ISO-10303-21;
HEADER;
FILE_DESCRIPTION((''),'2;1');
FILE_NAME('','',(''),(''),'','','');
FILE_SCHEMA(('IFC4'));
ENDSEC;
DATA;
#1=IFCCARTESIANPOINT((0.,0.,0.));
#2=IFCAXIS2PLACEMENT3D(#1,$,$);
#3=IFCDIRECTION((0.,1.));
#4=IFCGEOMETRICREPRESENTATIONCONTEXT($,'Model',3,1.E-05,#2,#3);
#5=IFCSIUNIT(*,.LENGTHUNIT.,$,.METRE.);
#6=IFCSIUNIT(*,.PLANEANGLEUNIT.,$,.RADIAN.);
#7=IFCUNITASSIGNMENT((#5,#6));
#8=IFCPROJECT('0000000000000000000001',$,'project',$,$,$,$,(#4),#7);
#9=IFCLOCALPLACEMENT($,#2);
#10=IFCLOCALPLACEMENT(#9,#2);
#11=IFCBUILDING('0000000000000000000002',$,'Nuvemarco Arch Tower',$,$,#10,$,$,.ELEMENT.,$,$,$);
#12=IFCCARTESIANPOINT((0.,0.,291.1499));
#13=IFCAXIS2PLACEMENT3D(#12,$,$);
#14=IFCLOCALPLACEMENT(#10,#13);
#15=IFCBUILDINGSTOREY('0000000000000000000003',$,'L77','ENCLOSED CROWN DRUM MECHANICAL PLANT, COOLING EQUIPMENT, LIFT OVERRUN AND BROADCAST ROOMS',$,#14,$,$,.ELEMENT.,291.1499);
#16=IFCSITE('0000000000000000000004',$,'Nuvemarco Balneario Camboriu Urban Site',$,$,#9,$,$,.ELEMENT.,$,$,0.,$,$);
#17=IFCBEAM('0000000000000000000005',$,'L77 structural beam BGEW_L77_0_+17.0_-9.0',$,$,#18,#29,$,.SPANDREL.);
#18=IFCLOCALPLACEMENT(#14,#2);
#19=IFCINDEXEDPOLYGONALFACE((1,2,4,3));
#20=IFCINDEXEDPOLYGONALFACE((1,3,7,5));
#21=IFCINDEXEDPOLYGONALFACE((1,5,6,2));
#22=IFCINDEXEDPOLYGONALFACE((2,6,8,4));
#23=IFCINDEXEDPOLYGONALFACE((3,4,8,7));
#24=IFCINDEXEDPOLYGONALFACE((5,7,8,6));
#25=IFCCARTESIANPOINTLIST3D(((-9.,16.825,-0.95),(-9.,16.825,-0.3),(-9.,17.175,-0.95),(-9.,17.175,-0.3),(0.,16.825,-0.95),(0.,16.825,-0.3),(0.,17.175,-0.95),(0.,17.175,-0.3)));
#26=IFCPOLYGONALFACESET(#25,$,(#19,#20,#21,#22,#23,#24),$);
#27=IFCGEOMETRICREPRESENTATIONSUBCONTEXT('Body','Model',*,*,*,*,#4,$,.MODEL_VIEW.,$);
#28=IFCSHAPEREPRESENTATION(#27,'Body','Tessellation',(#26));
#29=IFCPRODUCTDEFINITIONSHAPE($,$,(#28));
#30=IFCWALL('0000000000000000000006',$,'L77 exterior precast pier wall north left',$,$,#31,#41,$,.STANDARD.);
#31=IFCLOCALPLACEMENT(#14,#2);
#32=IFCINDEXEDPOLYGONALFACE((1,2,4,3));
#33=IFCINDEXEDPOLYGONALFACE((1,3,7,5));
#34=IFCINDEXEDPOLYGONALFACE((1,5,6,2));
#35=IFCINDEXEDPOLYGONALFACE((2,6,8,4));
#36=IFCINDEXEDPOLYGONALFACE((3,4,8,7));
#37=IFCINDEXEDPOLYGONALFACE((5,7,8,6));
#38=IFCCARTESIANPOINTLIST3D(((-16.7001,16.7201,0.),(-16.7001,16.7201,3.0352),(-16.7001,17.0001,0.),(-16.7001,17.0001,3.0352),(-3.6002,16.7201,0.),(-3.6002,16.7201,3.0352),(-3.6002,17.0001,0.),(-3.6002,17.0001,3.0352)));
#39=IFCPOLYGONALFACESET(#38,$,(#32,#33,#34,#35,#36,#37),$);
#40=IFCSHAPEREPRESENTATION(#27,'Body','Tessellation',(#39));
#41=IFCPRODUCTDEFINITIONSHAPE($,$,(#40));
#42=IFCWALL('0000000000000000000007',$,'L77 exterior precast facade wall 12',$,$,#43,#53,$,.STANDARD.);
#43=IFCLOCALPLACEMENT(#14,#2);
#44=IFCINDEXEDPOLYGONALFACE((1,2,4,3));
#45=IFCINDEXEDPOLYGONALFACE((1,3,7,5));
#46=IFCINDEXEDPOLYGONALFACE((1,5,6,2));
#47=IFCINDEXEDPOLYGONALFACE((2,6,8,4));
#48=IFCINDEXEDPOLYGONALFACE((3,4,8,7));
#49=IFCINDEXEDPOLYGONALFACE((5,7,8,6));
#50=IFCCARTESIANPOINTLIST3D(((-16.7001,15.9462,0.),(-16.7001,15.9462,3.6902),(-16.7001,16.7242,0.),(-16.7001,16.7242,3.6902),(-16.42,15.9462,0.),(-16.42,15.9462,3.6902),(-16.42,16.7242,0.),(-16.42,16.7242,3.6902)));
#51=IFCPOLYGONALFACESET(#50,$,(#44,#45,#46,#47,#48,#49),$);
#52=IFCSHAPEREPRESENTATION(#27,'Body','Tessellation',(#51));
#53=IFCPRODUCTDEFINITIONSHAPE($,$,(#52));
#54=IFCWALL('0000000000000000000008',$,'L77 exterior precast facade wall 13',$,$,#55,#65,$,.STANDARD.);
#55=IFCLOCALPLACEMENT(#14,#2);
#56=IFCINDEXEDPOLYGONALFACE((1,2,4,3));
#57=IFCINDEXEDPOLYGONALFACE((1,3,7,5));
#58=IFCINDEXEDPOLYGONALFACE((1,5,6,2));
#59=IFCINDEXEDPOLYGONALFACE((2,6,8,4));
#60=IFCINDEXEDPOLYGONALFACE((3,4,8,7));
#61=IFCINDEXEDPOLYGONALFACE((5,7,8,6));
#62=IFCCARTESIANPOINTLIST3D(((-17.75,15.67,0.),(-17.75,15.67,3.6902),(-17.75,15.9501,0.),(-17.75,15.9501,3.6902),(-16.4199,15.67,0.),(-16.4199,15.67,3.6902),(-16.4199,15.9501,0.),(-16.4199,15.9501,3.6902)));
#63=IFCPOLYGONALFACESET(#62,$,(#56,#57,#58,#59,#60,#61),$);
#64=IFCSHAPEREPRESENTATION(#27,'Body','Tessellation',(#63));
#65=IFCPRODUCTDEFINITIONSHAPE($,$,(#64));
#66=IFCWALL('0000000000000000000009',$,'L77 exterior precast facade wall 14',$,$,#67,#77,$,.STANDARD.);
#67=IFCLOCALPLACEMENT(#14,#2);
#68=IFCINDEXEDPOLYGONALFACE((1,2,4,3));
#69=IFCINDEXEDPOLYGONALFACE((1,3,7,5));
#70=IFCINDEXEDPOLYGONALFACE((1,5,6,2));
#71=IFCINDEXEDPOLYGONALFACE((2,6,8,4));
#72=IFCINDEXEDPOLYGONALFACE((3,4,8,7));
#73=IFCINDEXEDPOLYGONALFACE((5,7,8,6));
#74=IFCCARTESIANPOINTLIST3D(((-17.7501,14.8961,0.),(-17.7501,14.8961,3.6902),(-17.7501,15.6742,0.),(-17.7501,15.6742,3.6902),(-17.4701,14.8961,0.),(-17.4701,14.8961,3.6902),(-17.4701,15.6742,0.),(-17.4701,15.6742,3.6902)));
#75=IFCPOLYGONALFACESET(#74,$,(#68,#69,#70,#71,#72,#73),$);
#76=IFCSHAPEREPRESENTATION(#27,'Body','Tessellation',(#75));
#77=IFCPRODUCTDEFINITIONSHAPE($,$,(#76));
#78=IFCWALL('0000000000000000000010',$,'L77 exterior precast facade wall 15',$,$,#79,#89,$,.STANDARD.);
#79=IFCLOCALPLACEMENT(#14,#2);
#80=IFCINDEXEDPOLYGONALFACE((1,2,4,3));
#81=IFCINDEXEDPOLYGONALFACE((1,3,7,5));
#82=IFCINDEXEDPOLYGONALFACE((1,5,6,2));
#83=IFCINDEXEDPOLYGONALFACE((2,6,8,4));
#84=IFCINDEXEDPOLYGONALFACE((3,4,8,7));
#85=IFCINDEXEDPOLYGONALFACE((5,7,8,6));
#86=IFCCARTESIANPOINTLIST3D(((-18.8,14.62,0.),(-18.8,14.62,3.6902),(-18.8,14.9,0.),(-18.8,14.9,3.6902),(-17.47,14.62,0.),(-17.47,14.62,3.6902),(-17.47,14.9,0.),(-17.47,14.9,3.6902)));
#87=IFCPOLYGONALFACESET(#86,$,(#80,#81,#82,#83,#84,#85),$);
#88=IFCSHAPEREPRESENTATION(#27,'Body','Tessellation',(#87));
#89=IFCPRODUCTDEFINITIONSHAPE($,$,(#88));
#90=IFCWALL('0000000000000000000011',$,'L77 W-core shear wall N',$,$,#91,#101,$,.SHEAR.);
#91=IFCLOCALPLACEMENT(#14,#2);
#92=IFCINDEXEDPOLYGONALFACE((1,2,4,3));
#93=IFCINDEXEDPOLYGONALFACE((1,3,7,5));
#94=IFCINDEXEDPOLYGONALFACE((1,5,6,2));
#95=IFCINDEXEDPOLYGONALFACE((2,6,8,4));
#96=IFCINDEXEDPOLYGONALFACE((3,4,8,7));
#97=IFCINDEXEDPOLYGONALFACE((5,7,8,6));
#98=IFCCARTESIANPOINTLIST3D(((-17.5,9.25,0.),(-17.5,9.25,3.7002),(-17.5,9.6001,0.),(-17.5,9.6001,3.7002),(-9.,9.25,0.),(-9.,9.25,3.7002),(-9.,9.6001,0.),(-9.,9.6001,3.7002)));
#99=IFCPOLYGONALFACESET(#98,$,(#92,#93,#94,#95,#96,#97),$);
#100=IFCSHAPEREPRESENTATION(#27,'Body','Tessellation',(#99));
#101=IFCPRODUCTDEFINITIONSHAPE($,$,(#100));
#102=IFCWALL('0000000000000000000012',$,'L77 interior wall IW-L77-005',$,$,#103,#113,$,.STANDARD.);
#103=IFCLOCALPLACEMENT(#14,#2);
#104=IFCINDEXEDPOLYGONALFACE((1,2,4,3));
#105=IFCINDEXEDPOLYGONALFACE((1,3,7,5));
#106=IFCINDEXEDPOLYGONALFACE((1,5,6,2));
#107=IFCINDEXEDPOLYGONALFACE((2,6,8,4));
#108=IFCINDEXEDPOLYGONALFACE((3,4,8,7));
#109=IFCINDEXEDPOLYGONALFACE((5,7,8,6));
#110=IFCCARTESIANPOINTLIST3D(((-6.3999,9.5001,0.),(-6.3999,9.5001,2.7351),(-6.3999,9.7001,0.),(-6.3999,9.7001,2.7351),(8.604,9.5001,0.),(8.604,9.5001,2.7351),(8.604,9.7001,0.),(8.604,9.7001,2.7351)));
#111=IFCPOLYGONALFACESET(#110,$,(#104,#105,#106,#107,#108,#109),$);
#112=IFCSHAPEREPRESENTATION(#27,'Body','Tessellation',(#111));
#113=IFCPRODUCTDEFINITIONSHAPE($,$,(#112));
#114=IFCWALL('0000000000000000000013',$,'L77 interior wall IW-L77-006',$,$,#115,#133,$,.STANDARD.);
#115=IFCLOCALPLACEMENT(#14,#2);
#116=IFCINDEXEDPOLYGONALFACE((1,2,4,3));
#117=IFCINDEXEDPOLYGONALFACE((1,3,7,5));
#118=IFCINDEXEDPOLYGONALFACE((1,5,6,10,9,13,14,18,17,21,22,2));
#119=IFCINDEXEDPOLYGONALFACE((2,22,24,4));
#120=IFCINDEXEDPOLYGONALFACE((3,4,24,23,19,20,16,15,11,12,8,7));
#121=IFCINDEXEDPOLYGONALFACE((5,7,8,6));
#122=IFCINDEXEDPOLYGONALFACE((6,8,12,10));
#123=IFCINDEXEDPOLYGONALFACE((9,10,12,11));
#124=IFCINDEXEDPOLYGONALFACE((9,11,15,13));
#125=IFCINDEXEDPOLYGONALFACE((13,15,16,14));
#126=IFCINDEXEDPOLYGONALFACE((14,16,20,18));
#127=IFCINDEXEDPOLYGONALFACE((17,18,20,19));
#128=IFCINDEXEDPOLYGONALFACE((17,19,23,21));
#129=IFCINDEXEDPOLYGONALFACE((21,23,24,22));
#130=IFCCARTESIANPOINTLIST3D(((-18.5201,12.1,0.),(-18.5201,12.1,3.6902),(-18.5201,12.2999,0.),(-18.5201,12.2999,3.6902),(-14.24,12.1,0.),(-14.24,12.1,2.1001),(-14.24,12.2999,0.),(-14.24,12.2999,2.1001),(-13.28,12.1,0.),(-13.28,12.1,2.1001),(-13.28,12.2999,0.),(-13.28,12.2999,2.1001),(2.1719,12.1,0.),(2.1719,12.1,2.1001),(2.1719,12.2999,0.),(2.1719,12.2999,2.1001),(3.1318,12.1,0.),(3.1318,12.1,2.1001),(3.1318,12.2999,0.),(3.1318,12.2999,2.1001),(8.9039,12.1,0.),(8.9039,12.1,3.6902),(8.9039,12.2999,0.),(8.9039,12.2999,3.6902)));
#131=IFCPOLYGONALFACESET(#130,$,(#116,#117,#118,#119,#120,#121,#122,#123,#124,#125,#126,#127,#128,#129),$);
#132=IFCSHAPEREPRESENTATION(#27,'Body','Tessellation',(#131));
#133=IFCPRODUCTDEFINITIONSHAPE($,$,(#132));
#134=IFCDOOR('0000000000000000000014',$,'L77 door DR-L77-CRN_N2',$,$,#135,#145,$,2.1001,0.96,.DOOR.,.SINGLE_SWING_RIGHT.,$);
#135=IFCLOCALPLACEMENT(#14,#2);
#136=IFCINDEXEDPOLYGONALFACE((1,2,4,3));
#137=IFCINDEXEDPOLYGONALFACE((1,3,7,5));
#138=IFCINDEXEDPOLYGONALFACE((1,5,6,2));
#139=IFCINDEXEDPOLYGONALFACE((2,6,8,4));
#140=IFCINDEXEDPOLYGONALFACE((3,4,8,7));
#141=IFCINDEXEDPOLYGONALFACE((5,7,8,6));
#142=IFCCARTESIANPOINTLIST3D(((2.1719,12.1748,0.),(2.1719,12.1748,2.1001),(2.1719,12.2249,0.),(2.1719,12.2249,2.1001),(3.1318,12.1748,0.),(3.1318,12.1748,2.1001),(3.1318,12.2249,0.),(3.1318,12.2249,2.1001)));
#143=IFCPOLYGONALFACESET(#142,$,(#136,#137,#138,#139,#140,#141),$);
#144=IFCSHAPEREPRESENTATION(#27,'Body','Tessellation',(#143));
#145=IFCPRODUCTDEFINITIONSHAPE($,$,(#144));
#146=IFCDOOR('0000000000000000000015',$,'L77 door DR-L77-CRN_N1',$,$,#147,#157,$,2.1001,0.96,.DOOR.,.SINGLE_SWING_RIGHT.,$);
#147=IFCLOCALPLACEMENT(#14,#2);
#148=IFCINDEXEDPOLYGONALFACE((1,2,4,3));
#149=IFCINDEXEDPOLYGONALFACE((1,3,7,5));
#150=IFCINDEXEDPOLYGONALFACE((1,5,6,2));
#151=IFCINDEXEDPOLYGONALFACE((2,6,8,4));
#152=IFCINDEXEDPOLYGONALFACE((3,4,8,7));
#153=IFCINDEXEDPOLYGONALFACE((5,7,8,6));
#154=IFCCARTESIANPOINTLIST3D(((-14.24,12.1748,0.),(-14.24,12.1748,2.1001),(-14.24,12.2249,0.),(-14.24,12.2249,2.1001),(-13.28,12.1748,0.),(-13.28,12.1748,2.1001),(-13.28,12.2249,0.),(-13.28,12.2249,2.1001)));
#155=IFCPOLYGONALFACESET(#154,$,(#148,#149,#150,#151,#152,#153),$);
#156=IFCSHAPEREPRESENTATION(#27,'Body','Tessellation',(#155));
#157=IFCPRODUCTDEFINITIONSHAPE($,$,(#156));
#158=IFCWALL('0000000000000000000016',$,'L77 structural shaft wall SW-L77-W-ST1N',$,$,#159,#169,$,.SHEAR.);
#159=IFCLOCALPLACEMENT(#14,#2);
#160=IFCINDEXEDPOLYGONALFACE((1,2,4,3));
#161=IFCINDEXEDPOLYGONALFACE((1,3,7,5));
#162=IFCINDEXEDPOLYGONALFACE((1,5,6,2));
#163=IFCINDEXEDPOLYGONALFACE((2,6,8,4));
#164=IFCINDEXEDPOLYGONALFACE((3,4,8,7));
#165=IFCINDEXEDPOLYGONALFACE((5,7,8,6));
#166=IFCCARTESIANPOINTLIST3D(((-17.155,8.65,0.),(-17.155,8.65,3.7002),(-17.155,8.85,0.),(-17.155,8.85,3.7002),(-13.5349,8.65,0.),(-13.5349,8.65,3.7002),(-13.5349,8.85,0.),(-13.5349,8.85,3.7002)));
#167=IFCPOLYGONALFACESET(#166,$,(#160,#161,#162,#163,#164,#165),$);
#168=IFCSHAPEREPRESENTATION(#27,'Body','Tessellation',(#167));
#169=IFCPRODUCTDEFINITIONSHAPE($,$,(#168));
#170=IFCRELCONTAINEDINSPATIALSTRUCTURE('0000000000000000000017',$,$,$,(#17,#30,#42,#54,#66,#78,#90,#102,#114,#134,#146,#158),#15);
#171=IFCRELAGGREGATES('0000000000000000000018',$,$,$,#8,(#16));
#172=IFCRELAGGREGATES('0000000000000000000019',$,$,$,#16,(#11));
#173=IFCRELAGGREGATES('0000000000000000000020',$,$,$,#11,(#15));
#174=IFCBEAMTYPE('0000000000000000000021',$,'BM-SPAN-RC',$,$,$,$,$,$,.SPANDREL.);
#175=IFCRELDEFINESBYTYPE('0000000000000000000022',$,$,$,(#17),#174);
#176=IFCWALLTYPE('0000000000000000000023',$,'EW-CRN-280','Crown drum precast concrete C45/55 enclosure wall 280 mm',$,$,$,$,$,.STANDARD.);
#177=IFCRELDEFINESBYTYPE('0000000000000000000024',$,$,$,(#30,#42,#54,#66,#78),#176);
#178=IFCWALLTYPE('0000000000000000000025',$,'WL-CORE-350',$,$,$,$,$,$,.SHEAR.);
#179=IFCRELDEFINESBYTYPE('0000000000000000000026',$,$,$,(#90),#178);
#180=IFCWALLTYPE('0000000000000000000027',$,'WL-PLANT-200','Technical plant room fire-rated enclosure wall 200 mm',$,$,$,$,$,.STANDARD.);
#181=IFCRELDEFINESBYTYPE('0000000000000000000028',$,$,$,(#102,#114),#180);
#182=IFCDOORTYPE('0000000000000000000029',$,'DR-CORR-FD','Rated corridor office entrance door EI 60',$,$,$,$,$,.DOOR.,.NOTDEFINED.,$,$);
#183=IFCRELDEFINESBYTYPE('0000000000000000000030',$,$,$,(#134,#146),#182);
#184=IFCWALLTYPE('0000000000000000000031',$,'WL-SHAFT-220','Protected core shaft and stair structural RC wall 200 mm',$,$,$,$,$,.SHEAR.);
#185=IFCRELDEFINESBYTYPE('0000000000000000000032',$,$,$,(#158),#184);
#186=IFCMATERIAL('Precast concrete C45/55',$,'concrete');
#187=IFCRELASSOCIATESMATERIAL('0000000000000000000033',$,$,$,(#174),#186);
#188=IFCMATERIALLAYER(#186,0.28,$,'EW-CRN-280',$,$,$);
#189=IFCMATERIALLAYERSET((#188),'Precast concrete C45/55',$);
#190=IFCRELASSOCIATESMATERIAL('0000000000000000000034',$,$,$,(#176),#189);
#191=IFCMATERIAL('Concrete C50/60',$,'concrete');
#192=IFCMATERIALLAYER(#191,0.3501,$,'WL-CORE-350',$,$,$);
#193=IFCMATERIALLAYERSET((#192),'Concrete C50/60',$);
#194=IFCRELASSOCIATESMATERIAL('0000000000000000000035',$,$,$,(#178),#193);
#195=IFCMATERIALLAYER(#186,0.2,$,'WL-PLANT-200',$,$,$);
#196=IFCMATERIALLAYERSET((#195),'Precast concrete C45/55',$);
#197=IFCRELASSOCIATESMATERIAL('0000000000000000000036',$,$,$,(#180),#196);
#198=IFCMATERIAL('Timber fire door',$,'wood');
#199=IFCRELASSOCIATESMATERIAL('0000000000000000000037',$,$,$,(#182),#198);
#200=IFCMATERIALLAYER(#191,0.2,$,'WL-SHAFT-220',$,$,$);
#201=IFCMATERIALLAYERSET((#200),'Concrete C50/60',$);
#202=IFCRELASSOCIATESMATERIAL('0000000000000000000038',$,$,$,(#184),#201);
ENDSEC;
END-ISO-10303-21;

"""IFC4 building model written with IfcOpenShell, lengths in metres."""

from ifc_helpers import new_model, si_unit, direction, frame, frame_2d, origin, origin_2d, place, context, subcontext, project, spatial, rectangle, extrude, source, transform, mapped, material, layer, layer_set, material_profile, profile_set, type_object, type_shapes, element, fill, save


model = new_model("IFC4")

# Units and contexts
model_context = context("Model", 3, precision=1e-05, world=origin(), true_north=direction((0.0, 1.0)))
body_context = subcontext(model_context, "Body", "Model", "MODEL_VIEW")
ifc_project = project(units=[si_unit("LENGTHUNIT", "METRE"), si_unit("PLANEANGLEUNIT", "RADIAN")], contexts=[model_context])

# Site, building, storey
site_placement = place(None, origin())
site = spatial("IfcSite", under=ifc_project, at=site_placement, Name="Nuvemarco Balneario Camboriu Urban Site", CompositionType="ELEMENT", RefElevation=0.0)
building_placement = place(site_placement, origin())
building = spatial("IfcBuilding", under=site, at=building_placement, Name="Nuvemarco Arch Tower", CompositionType="ELEMENT")
storey_placement = place(building_placement, frame((0.0, 0.0, 291.1499)))
storey = spatial("IfcBuildingStorey", under=building, at=storey_placement, Name="L77", Description="ENCLOSED CROWN DRUM MECHANICAL PLANT, COOLING EQUIPMENT, LIFT OVERRUN AND BROADCAST ROOMS", CompositionType="ELEMENT", Elevation=291.1499)

# Shared definitions
ifc_material_1 = material(Name="Concrete C50/60", Category="concrete")

# Beam
ifc_material_2 = material(Name="Precast concrete C45/55", Category="concrete")
ifc_material_profile_1 = material_profile(ifc_material_2, rectangle(XDim=0.3501, YDim=0.6499, at=origin_2d()), Name="PC-SP-350x650")
ifc_profile_set_1 = profile_set([ifc_material_profile_1], Name="Precast concrete C45/55")
beam_type_1 = type_object("IfcBeamType", Name="BM-SPAN-RC", PredefinedType="SPANDREL", material=ifc_profile_set_1)
beam_1_placement = place(storey_placement, frame((-9.0, 17.0, -0.625), z_axis=(1.0, 0.0, 0.0), x_axis=(0.0, 1.0, 0.0)))
element("IfcBeam", 1, at=beam_1_placement, inside=storey, type_object=beam_type_1, Name="L77 structural beam BGEW_L77_0_+17.0_-9.0", PredefinedType="SPANDREL", context=body_context, shape_type="SweptSolid", body=[
    extrude(rectangle(XDim=0.3501, YDim=0.6499, at=origin_2d()), origin(), (0.0, 0.0, 1.0), 9.0),
])

# Walls
ifc_layer_1 = layer(ifc_material_2, 0.28, Name="EW-CRN-280")
ifc_layer_set_1 = layer_set([ifc_layer_1], Name="Precast concrete C45/55")
wall_type_1 = type_object("IfcWallType", Name="EW-CRN-280", Description="Crown drum precast concrete C45/55 enclosure wall 280 mm", PredefinedType="STANDARD", material=ifc_layer_set_1)
wall_1_placement = place(storey_placement, frame((-16.7, 16.8601, 0.0), z_axis=(0.0, 0.0, 1.0), x_axis=(1.0, 0.0, 0.0)))
element("IfcWall", 2, at=wall_1_placement, inside=storey, type_object=wall_type_1, Name="L77 exterior precast pier wall north left", PredefinedType="STANDARD", context=body_context, shape_type="SweptSolid", body=[
    extrude(rectangle(XDim=13.0999, YDim=0.28, at=frame_2d((6.5498, 0.0))), origin(), (0.0, 0.0, 1.0), 3.0352),
])
wall_2_placement = place(storey_placement, frame((-16.5601, 15.946, 0.0), z_axis=(0.0, 0.0, 1.0), x_axis=(0.0, 1.0, 0.0)))
element("IfcWall", 3, at=wall_2_placement, inside=storey, type_object=wall_type_1, Name="L77 exterior precast facade wall 12", PredefinedType="STANDARD", context=body_context, shape_type="SweptSolid", body=[
    extrude(rectangle(XDim=0.7781, YDim=0.28, at=frame_2d((0.3892, 0.0))), origin(), (0.0, 0.0, 1.0), 3.6902),
])
wall_3_placement = place(storey_placement, frame((-17.75, 15.8101, 0.0), z_axis=(0.0, 0.0, 1.0), x_axis=(1.0, 0.0, 0.0)))
element("IfcWall", 4, at=wall_3_placement, inside=storey, type_object=wall_type_1, Name="L77 exterior precast facade wall 13", PredefinedType="STANDARD", context=body_context, shape_type="SweptSolid", body=[
    extrude(rectangle(XDim=1.3301, YDim=0.28, at=frame_2d((0.665, 0.0))), origin(), (0.0, 0.0, 1.0), 3.6902),
])
wall_4_placement = place(storey_placement, frame((-17.6101, 14.896, 0.0), z_axis=(0.0, 0.0, 1.0), x_axis=(0.0, 1.0, 0.0)))
element("IfcWall", 5, at=wall_4_placement, inside=storey, type_object=wall_type_1, Name="L77 exterior precast facade wall 14", PredefinedType="STANDARD", context=body_context, shape_type="SweptSolid", body=[
    extrude(rectangle(XDim=0.7781, YDim=0.28, at=frame_2d((0.3892, 0.0))), origin(), (0.0, 0.0, 1.0), 3.6902),
])
wall_5_placement = place(storey_placement, frame((-18.8, 14.76, 0.0), z_axis=(0.0, 0.0, 1.0), x_axis=(1.0, 0.0, 0.0)))
element("IfcWall", 6, at=wall_5_placement, inside=storey, type_object=wall_type_1, Name="L77 exterior precast facade wall 15", PredefinedType="STANDARD", context=body_context, shape_type="SweptSolid", body=[
    extrude(rectangle(XDim=1.3301, YDim=0.28, at=frame_2d((0.665, 0.0))), origin(), (0.0, 0.0, 1.0), 3.6902),
])
ifc_layer_2 = layer(ifc_material_1, 0.3501, Name="WL-CORE-350")
ifc_layer_set_2 = layer_set([ifc_layer_2], Name="Concrete C50/60")
wall_type_2 = type_object("IfcWallType", Name="WL-CORE-350", PredefinedType="SHEAR", material=ifc_layer_set_2)
wall_6_placement = place(storey_placement, frame((-17.5, 9.425, 0.0), z_axis=(0.0, 0.0, 1.0), x_axis=(1.0, 0.0, 0.0)))
element("IfcWall", 7, at=wall_6_placement, inside=storey, type_object=wall_type_2, Name="L77 W-core shear wall N", PredefinedType="SHEAR", context=body_context, shape_type="SweptSolid", body=[
    extrude(rectangle(XDim=8.5, YDim=0.3501, at=frame_2d((4.25, 0.0))), origin(), (0.0, 0.0, 1.0), 3.7002),
])
ifc_layer_3 = layer(ifc_material_2, 0.2, Name="WL-PLANT-200")
ifc_layer_set_3 = layer_set([ifc_layer_3], Name="Precast concrete C45/55")
wall_type_3 = type_object("IfcWallType", Name="WL-PLANT-200", Description="Technical plant room fire-rated enclosure wall 200 mm", PredefinedType="STANDARD", material=ifc_layer_set_3)
wall_7_placement = place(storey_placement, frame((-6.3999, 9.6001, 0.0), z_axis=(0.0, 0.0, 1.0), x_axis=(1.0, 0.0, 0.0)))
element("IfcWall", 8, at=wall_7_placement, inside=storey, type_object=wall_type_3, Name="L77 interior wall IW-L77-005", PredefinedType="STANDARD", context=body_context, shape_type="SweptSolid", body=[
    extrude(rectangle(XDim=15.0039, YDim=0.2, at=frame_2d((7.502, 0.0))), origin(), (0.0, 0.0, 1.0), 2.7351),
])

# Wall, openings, doors
wall_8_placement = place(storey_placement, frame((-18.52, 12.2, 0.0), z_axis=(0.0, 0.0, 1.0), x_axis=(1.0, 0.0, 0.0)))
wall_8 = element("IfcWall", 9, at=wall_8_placement, inside=storey, type_object=wall_type_3, Name="L77 interior wall IW-L77-006", PredefinedType="STANDARD", context=body_context, shape_type="SweptSolid", body=[
    extrude(rectangle(XDim=27.4241, YDim=0.2, at=frame_2d((13.7119, 0.0))), origin(), (0.0, 0.0, 1.0), 3.6902),
])
opening_1_placement = place(wall_8_placement, frame((20.6919, 0.0, 0.0)))
opening_1 = element("IfcOpeningElement", 10, at=opening_1_placement, cuts=wall_8, PredefinedType="OPENING", context=body_context, shape_type="SweptSolid", body=[
    extrude(rectangle(XDim=0.96, YDim=2.1001, at=frame_2d((0.48, 1.05))), frame((0.0, 0.1099, 0.0), z_axis=(0.0, -1.0, 0.0), x_axis=(1.0, 0.0, 0.0)), (0.0, 0.0, 1.0), 0.22),
])
opening_2_placement = place(wall_8_placement, frame((4.28, 0.0, 0.0)))
opening_2 = element("IfcOpeningElement", 11, at=opening_2_placement, cuts=wall_8, PredefinedType="OPENING", context=body_context, shape_type="SweptSolid", body=[
    extrude(rectangle(XDim=0.96, YDim=2.1001, at=frame_2d((0.48, 1.05))), frame((0.0, 0.1099, 0.0), z_axis=(0.0, -1.0, 0.0), x_axis=(1.0, 0.0, 0.0)), (0.0, 0.0, 1.0), 0.22),
])
ifc_material_3 = material(Name="Timber fire door", Category="wood")
door_type = type_object("IfcDoorType", Name="DR-CORR-FD", Description="Rated corridor office entrance door EI 60", OperationType="NOTDEFINED", PredefinedType="DOOR", material=ifc_material_3)
shared_shape_1 = source(origin(), body_context, "Body", "SweptSolid", [
    extrude(rectangle(XDim=0.96, YDim=2.1001, at=frame_2d((0.48, 1.05))), frame((0.0, 0.0249, 0.0), z_axis=(0.0, -1.0, 0.0), x_axis=(1.0, 0.0, 0.0)), (0.0, 0.0, 1.0), 0.05),
])
type_shapes(door_type, [shared_shape_1])
door_1_placement = place(opening_1_placement, origin())
door_1 = element("IfcDoor", 12, at=door_1_placement, inside=storey, type_object=door_type, Name="L77 door DR-L77-CRN_N2", OperationType="SINGLE_SWING_RIGHT", OverallHeight=2.1001, OverallWidth=0.96, PredefinedType="DOOR", context=body_context, shape_type="MappedRepresentation", body=[
    mapped(shared_shape_1, transform((0.0, 0.0, 0.0), scale=1.0)),
])
fill(opening_1, door_1)
door_2_placement = place(opening_2_placement, origin())
door_2 = element("IfcDoor", 13, at=door_2_placement, inside=storey, type_object=door_type, Name="L77 door DR-L77-CRN_N1", OperationType="SINGLE_SWING_RIGHT", OverallHeight=2.1001, OverallWidth=0.96, PredefinedType="DOOR", context=body_context, shape_type="MappedRepresentation", body=[
    mapped(shared_shape_1, transform((0.0, 0.0, 0.0), scale=1.0)),
])
fill(opening_2, door_2)

# Wall
ifc_layer_4 = layer(ifc_material_1, 0.2, Name="WL-SHAFT-220")
ifc_layer_set_4 = layer_set([ifc_layer_4], Name="Concrete C50/60")
wall_type_4 = type_object("IfcWallType", Name="WL-SHAFT-220", Description="Protected core shaft and stair structural RC wall 200 mm", PredefinedType="SHEAR", material=ifc_layer_set_4)
wall_9_placement = place(storey_placement, frame((-17.155, 8.75, 0.0), z_axis=(0.0, 0.0, 1.0), x_axis=(1.0, 0.0, 0.0)))
element("IfcWall", 14, at=wall_9_placement, inside=storey, type_object=wall_type_4, Name="L77 structural shaft wall SW-L77-W-ST1N", PredefinedType="SHEAR", context=body_context, shape_type="SweptSolid", body=[
    extrude(rectangle(XDim=3.6201, YDim=0.2, at=frame_2d((1.8101, 0.0))), origin(), (0.0, 0.0, 1.0), 3.7002),
])

save(model, "model.ifc")
